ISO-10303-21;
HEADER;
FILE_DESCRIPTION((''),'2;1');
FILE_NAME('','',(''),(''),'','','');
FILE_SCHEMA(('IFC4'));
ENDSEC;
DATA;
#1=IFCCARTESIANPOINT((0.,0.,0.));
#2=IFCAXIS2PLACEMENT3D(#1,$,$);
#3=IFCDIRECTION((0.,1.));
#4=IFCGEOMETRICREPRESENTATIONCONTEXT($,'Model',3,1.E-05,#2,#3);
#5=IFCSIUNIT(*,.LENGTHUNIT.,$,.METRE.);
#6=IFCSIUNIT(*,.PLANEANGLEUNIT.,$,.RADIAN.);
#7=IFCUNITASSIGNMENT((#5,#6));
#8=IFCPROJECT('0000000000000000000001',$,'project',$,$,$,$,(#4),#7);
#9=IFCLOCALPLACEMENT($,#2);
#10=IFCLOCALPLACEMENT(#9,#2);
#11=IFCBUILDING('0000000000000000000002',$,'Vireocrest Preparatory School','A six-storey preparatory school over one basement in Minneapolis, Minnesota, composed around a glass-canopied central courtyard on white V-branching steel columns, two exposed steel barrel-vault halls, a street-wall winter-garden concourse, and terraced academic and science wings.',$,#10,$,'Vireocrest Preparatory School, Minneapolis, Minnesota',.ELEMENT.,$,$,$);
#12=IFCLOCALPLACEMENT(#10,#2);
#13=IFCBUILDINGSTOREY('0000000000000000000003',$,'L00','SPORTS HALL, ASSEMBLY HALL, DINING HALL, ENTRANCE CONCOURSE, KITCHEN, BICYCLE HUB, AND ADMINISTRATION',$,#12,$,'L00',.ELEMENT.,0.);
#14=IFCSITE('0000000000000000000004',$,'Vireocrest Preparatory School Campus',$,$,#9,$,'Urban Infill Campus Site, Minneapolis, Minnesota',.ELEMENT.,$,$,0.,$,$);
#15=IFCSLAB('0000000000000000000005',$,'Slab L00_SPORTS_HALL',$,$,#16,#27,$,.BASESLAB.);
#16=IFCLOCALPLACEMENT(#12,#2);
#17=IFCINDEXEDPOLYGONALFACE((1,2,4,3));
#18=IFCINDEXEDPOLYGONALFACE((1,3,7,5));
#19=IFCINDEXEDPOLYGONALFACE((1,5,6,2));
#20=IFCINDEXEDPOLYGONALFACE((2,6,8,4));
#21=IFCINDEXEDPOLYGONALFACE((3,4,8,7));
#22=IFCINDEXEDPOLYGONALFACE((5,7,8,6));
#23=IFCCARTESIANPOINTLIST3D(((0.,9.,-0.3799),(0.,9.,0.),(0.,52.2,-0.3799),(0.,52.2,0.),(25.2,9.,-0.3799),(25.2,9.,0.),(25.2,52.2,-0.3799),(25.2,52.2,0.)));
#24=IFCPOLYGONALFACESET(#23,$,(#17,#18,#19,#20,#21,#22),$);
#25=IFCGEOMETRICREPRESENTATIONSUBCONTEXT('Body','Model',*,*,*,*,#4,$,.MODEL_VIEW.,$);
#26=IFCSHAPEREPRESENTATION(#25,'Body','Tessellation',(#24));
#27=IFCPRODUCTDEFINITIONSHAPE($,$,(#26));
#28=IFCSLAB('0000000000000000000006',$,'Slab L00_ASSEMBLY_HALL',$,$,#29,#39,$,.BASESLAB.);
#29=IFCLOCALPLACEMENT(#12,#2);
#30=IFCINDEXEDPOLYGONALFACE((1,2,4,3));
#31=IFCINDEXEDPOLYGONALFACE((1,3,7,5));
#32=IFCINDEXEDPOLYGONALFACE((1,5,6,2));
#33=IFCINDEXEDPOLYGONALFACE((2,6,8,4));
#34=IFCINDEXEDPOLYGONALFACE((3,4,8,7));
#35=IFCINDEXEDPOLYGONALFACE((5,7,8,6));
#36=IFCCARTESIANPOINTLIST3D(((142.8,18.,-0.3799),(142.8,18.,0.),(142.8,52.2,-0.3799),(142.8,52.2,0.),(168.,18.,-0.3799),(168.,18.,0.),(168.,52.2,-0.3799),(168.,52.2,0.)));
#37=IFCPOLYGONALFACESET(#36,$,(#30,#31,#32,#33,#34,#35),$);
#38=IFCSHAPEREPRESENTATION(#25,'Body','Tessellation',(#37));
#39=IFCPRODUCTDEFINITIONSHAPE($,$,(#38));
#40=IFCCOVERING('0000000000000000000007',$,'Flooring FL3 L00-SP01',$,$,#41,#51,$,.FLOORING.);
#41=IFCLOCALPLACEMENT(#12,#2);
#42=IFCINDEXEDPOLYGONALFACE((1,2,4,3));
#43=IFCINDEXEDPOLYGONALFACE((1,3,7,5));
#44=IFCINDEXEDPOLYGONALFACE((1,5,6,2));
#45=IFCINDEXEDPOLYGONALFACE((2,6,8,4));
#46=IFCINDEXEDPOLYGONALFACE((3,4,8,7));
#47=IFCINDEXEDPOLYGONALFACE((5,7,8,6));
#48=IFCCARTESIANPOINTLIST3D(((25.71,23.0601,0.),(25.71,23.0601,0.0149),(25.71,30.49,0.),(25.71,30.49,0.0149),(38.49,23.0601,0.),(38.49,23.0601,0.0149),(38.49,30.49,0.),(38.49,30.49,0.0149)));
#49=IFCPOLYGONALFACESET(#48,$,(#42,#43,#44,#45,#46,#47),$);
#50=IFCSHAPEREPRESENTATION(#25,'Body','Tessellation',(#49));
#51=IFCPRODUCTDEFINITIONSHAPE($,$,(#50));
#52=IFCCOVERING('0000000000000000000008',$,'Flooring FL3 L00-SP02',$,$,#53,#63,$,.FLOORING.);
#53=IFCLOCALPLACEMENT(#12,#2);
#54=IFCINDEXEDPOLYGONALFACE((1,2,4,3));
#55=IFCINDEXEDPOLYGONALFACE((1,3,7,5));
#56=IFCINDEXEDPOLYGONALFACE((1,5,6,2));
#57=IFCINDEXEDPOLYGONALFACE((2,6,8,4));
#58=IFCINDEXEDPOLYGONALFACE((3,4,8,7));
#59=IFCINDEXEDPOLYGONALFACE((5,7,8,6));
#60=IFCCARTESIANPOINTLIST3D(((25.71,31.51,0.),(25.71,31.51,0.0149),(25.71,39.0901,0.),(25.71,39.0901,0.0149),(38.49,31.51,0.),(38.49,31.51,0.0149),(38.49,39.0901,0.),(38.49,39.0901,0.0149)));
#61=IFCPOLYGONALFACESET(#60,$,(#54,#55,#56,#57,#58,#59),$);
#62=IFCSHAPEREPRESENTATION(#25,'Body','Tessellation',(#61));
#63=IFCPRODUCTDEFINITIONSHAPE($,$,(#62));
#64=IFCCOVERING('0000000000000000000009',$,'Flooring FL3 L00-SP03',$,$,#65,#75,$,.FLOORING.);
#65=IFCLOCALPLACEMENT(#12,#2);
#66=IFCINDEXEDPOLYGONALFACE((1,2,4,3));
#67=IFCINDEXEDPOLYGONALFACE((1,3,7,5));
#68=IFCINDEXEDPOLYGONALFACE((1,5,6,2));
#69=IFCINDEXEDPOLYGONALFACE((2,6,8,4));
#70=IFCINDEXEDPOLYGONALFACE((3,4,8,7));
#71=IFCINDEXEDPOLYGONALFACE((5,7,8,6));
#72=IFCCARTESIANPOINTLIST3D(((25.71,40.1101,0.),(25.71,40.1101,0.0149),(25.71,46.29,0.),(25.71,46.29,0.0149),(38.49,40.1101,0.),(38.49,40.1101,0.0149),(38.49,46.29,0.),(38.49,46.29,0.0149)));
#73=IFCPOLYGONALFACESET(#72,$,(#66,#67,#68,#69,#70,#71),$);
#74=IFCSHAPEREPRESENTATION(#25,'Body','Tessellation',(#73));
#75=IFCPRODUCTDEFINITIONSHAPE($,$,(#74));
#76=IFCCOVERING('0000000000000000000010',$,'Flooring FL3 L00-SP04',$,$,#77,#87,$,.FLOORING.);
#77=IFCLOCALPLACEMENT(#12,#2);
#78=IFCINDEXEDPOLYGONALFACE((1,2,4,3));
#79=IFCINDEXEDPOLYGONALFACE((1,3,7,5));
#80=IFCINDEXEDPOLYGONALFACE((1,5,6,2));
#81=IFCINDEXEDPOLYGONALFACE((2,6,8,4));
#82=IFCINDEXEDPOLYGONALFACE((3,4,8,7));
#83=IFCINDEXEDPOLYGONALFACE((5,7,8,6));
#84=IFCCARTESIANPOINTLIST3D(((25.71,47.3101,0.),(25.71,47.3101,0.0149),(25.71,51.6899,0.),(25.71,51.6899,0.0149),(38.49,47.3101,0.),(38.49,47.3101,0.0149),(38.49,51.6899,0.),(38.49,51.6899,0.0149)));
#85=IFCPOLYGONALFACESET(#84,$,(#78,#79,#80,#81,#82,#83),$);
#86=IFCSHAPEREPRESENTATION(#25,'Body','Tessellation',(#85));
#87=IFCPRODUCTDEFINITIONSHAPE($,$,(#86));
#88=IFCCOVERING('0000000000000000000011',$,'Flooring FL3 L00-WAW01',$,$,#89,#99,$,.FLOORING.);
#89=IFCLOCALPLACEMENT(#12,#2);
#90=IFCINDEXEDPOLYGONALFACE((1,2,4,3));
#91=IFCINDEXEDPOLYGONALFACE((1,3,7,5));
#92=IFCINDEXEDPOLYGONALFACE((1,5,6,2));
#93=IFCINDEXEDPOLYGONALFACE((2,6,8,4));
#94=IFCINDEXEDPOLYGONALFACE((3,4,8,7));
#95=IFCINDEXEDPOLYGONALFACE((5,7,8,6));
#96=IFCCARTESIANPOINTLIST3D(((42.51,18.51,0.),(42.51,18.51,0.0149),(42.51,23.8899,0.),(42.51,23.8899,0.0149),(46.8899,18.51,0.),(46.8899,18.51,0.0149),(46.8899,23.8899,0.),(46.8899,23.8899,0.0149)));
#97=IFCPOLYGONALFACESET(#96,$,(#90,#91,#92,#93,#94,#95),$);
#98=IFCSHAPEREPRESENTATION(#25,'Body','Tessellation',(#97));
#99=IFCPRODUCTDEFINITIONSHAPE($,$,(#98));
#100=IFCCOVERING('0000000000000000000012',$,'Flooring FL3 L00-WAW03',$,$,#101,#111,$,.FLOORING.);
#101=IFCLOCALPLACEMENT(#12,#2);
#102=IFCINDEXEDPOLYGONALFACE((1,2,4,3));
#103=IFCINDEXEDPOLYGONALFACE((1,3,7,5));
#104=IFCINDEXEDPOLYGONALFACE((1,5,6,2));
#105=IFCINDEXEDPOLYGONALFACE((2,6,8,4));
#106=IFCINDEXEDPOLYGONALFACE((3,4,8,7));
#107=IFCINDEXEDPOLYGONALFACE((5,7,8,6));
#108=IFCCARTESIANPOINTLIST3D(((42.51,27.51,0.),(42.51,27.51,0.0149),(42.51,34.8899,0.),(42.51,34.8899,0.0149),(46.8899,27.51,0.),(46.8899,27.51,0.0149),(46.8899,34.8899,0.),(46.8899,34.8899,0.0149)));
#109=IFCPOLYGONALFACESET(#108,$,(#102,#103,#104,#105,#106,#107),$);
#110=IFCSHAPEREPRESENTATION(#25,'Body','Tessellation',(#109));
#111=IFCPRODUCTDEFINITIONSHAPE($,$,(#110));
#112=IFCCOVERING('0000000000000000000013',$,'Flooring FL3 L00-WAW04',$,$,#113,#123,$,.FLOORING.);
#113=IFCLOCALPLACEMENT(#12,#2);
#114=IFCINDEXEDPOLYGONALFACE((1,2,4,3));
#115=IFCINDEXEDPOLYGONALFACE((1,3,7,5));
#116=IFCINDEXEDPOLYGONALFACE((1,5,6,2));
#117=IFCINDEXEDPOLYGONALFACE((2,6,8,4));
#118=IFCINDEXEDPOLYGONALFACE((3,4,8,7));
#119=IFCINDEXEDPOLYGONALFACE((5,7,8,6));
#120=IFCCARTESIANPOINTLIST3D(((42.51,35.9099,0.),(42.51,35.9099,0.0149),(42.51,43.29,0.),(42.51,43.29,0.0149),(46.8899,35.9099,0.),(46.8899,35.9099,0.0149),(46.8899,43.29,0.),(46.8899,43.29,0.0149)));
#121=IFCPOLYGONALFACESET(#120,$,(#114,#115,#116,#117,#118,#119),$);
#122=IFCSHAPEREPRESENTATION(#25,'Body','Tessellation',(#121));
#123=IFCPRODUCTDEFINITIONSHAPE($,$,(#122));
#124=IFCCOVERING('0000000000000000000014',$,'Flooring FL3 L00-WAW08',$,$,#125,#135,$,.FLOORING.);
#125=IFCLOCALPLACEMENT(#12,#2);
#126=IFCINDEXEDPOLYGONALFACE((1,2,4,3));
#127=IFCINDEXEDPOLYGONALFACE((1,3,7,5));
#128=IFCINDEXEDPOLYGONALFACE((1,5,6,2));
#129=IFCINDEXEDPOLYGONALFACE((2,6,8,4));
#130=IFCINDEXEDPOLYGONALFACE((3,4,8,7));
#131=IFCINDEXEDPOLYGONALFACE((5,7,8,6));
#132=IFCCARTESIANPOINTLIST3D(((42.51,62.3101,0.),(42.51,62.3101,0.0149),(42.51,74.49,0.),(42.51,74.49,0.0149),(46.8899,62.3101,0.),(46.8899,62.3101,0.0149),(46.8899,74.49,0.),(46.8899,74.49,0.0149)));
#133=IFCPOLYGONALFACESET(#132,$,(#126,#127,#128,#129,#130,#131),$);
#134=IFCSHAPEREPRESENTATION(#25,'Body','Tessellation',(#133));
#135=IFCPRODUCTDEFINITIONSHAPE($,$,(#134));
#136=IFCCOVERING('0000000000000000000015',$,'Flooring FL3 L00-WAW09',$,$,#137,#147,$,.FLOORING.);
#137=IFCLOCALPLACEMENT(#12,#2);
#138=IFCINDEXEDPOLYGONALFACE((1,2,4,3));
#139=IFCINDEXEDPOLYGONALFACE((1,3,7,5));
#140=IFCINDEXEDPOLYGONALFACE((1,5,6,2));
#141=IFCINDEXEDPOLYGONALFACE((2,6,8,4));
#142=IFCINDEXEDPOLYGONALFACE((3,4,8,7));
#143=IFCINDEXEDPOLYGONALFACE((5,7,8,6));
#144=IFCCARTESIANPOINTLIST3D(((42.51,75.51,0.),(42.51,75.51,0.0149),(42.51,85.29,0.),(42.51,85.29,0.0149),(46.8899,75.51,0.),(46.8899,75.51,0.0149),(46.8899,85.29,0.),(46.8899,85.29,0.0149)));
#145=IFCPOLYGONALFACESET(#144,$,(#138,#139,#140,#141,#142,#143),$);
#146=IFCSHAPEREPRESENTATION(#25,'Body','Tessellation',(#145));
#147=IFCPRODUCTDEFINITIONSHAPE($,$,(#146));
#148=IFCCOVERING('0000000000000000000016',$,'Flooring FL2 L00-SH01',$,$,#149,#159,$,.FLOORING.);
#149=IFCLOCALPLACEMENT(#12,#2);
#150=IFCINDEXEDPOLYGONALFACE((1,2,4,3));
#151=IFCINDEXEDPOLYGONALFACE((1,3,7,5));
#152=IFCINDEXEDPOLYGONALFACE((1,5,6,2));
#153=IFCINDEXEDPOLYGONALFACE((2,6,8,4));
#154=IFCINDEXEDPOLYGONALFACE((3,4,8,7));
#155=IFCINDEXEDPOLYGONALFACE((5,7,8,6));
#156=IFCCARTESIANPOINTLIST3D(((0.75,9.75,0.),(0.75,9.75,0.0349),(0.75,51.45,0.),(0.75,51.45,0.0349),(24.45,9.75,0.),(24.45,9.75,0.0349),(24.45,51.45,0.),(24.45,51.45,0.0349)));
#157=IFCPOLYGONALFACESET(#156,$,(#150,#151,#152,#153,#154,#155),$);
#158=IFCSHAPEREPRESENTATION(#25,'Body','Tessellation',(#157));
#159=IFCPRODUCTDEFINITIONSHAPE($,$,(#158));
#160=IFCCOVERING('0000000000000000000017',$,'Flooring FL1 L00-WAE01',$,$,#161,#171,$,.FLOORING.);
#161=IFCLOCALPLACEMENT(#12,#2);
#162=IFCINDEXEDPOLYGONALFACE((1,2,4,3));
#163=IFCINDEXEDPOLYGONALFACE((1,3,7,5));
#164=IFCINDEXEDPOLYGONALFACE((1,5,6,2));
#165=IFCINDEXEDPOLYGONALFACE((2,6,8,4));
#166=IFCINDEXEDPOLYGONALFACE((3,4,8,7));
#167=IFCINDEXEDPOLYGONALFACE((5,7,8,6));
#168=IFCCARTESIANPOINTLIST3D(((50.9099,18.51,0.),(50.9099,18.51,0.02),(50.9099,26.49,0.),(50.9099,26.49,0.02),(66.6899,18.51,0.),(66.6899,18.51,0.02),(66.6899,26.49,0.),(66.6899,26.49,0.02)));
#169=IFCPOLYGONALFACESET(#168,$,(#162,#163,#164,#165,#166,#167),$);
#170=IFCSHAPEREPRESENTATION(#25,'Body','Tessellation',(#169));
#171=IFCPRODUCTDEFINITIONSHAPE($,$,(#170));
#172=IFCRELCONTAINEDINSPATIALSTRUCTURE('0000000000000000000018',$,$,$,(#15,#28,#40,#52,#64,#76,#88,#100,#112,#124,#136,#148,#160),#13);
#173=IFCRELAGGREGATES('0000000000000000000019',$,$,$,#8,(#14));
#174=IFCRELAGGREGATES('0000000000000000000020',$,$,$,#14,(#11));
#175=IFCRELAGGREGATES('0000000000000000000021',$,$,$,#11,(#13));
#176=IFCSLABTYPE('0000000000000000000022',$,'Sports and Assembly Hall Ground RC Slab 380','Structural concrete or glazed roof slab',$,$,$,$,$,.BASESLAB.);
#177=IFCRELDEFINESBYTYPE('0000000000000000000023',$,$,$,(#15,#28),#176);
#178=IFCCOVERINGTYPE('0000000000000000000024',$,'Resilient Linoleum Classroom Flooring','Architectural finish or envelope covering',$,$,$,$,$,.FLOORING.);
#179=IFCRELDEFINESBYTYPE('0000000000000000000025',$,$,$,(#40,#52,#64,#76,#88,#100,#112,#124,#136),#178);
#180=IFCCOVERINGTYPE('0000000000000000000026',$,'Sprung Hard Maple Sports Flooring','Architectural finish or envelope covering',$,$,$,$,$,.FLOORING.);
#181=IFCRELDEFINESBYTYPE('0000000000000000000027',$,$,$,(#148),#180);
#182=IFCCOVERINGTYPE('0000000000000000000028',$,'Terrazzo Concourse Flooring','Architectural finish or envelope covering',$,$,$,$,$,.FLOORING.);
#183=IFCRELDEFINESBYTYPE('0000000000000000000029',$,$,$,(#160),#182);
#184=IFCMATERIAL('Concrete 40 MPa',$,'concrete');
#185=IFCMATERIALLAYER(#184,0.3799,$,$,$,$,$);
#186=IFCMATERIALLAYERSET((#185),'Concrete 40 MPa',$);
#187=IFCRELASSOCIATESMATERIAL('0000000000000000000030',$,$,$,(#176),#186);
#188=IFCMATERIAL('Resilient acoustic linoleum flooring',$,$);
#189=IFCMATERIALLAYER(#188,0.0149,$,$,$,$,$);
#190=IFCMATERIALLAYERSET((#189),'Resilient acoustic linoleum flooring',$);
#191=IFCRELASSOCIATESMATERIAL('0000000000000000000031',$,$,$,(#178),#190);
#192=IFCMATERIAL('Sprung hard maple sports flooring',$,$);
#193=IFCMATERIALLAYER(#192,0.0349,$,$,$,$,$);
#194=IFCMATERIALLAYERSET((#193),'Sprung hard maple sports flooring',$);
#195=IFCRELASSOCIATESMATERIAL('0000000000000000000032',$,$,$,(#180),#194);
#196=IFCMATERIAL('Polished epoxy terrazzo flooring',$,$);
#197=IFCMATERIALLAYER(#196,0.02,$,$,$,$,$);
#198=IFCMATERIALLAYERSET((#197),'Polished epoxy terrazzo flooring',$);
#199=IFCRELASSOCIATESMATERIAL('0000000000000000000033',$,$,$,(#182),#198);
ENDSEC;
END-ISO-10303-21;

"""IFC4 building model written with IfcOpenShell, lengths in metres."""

from ifc_helpers import new_model, si_unit, direction, frame, origin, place, context, subcontext, project, spatial, polyline, outline, extrude, material, layer, layer_set, type_object, element, save


model = new_model("IFC4")

# Units and contexts
model_context = context("Model", 3, precision=1e-05, world=origin(), true_north=direction((0.0, 1.0)))
body_context = subcontext(model_context, "Body", "Model", "MODEL_VIEW")
ifc_project = project(units=[si_unit("LENGTHUNIT", "METRE"), si_unit("PLANEANGLEUNIT", "RADIAN")], contexts=[model_context])

# Site, building, storey
site_placement = place(None, origin())
site = spatial("IfcSite", under=ifc_project, at=site_placement, Name="Vireocrest Preparatory School Campus", LongName="Urban Infill Campus Site, Minneapolis, Minnesota", CompositionType="ELEMENT", RefElevation=0.0)
building_placement = place(site_placement, origin())
building = spatial("IfcBuilding", under=site, at=building_placement, Name="Vireocrest Preparatory School", Description="A six-storey preparatory school over one basement in Minneapolis, Minnesota, composed around a glass-canopied central courtyard on white V-branching steel columns, two exposed steel barrel-vault halls, a street-wall winter-garden concourse, and terraced academic and science wings.", LongName="Vireocrest Preparatory School, Minneapolis, Minnesota", CompositionType="ELEMENT")
storey_placement = place(building_placement, origin())
storey = spatial("IfcBuildingStorey", under=building, at=storey_placement, Name="L00", Description="SPORTS HALL, ASSEMBLY HALL, DINING HALL, ENTRANCE CONCOURSE, KITCHEN, BICYCLE HUB, AND ADMINISTRATION", LongName="L00", CompositionType="ELEMENT", Elevation=0.0)

# Shared definitions
ifc_material_1 = material(Name="Concrete 40 MPa", Category="concrete")

# Slabs
ifc_layer_1 = layer(ifc_material_1, 0.3799)
ifc_layer_set_1 = layer_set([ifc_layer_1], Name="Concrete 40 MPa")
slab_type_1 = type_object("IfcSlabType", Name="Sports and Assembly Hall Ground RC Slab 380", Description="Structural concrete or glazed roof slab", PredefinedType="BASESLAB", material=ifc_layer_set_1)
slab_1_placement = place(storey_placement, frame((0.0, 0.0, -0.3799)))
element("IfcSlab", 1, at=slab_1_placement, inside=storey, type_object=slab_type_1, Name="Slab L00_SPORTS_HALL", PredefinedType="BASESLAB", context=body_context, shape_type="SweptSolid", body=[
    extrude(outline(polyline([(0.0, 9.0), (25.2, 9.0), (25.2, 52.2), (0.0, 52.2), (0.0, 9.0)])), origin(), (0.0, 0.0, 1.0), 0.3799),
])
slab_2_placement = place(storey_placement, frame((0.0, 0.0, -0.3799)))
element("IfcSlab", 2, at=slab_2_placement, inside=storey, type_object=slab_type_1, Name="Slab L00_ASSEMBLY_HALL", PredefinedType="BASESLAB", context=body_context, shape_type="SweptSolid", body=[
    extrude(outline(polyline([(142.8, 18.0), (168.0, 18.0), (168.0, 52.2), (142.8, 52.2), (142.8, 18.0)])), origin(), (0.0, 0.0, 1.0), 0.3799),
])

# Coverings
ifc_material_2 = material(Name="Resilient acoustic linoleum flooring")
ifc_layer_2 = layer(ifc_material_2, 0.0149)
ifc_layer_set_2 = layer_set([ifc_layer_2], Name="Resilient acoustic linoleum flooring")
covering_type_1 = type_object("IfcCoveringType", Name="Resilient Linoleum Classroom Flooring", Description="Architectural finish or envelope covering", PredefinedType="FLOORING", material=ifc_layer_set_2)
covering_1_placement = place(storey_placement, origin())
element("IfcCovering", 3, at=covering_1_placement, inside=storey, type_object=covering_type_1, Name="Flooring FL3 L00-SP01", PredefinedType="FLOORING", context=body_context, shape_type="SweptSolid", body=[
    extrude(outline(polyline([(25.71, 23.0601), (38.49, 23.0601), (38.49, 30.49), (25.71, 30.49), (25.71, 23.0601)])), origin(), (0.0, 0.0, 1.0), 0.0149),
])
covering_2_placement = place(storey_placement, origin())
element("IfcCovering", 4, at=covering_2_placement, inside=storey, type_object=covering_type_1, Name="Flooring FL3 L00-SP02", PredefinedType="FLOORING", context=body_context, shape_type="SweptSolid", body=[
    extrude(outline(polyline([(25.71, 31.51), (38.49, 31.51), (38.49, 39.0901), (25.71, 39.0901), (25.71, 31.51)])), origin(), (0.0, 0.0, 1.0), 0.0149),
])
covering_3_placement = place(storey_placement, origin())
element("IfcCovering", 5, at=covering_3_placement, inside=storey, type_object=covering_type_1, Name="Flooring FL3 L00-SP03", PredefinedType="FLOORING", context=body_context, shape_type="SweptSolid", body=[
    extrude(outline(polyline([(25.71, 40.1101), (38.49, 40.1101), (38.49, 46.29), (25.71, 46.29), (25.71, 40.1101)])), origin(), (0.0, 0.0, 1.0), 0.0149),
])
covering_4_placement = place(storey_placement, origin())
element("IfcCovering", 6, at=covering_4_placement, inside=storey, type_object=covering_type_1, Name="Flooring FL3 L00-SP04", PredefinedType="FLOORING", context=body_context, shape_type="SweptSolid", body=[
    extrude(outline(polyline([(25.71, 47.3101), (38.49, 47.3101), (38.49, 51.6899), (25.71, 51.6899), (25.71, 47.3101)])), origin(), (0.0, 0.0, 1.0), 0.0149),
])
covering_5_placement = place(storey_placement, origin())
element("IfcCovering", 7, at=covering_5_placement, inside=storey, type_object=covering_type_1, Name="Flooring FL3 L00-WAW01", PredefinedType="FLOORING", context=body_context, shape_type="SweptSolid", body=[
    extrude(outline(polyline([(42.51, 18.51), (46.8899, 18.51), (46.8899, 23.8899), (42.51, 23.8899), (42.51, 18.51)])), origin(), (0.0, 0.0, 1.0), 0.0149),
])
covering_6_placement = place(storey_placement, origin())
element("IfcCovering", 8, at=covering_6_placement, inside=storey, type_object=covering_type_1, Name="Flooring FL3 L00-WAW03", PredefinedType="FLOORING", context=body_context, shape_type="SweptSolid", body=[
    extrude(outline(polyline([(42.51, 27.51), (46.8899, 27.51), (46.8899, 34.8899), (42.51, 34.8899), (42.51, 27.51)])), origin(), (0.0, 0.0, 1.0), 0.0149),
])
covering_7_placement = place(storey_placement, origin())
element("IfcCovering", 9, at=covering_7_placement, inside=storey, type_object=covering_type_1, Name="Flooring FL3 L00-WAW04", PredefinedType="FLOORING", context=body_context, shape_type="SweptSolid", body=[
    extrude(outline(polyline([(42.51, 35.9099), (46.8899, 35.9099), (46.8899, 43.29), (42.51, 43.29), (42.51, 35.9099)])), origin(), (0.0, 0.0, 1.0), 0.0149),
])
covering_8_placement = place(storey_placement, origin())
element("IfcCovering", 10, at=covering_8_placement, inside=storey, type_object=covering_type_1, Name="Flooring FL3 L00-WAW08", PredefinedType="FLOORING", context=body_context, shape_type="SweptSolid", body=[
    extrude(outline(polyline([(42.51, 62.3101), (46.8899, 62.3101), (46.8899, 74.49), (42.51, 74.49), (42.51, 62.3101)])), origin(), (0.0, 0.0, 1.0), 0.0149),
])
covering_9_placement = place(storey_placement, origin())
element("IfcCovering", 11, at=covering_9_placement, inside=storey, type_object=covering_type_1, Name="Flooring FL3 L00-WAW09", PredefinedType="FLOORING", context=body_context, shape_type="SweptSolid", body=[
    extrude(outline(polyline([(42.51, 75.51), (46.8899, 75.51), (46.8899, 85.29), (42.51, 85.29), (42.51, 75.51)])), origin(), (0.0, 0.0, 1.0), 0.0149),
])
ifc_material_3 = material(Name="Sprung hard maple sports flooring")
ifc_layer_3 = layer(ifc_material_3, 0.0349)
ifc_layer_set_3 = layer_set([ifc_layer_3], Name="Sprung hard maple sports flooring")
covering_type_2 = type_object("IfcCoveringType", Name="Sprung Hard Maple Sports Flooring", Description="Architectural finish or envelope covering", PredefinedType="FLOORING", material=ifc_layer_set_3)
covering_10_placement = place(storey_placement, origin())
element("IfcCovering", 12, at=covering_10_placement, inside=storey, type_object=covering_type_2, Name="Flooring FL2 L00-SH01", PredefinedType="FLOORING", context=body_context, shape_type="SweptSolid", body=[
    extrude(outline(polyline([(0.75, 9.75), (24.45, 9.75), (24.45, 51.45), (0.75, 51.45), (0.75, 9.75)])), origin(), (0.0, 0.0, 1.0), 0.0349),
])
ifc_material_4 = material(Name="Polished epoxy terrazzo flooring")
ifc_layer_4 = layer(ifc_material_4, 0.02)
ifc_layer_set_4 = layer_set([ifc_layer_4], Name="Polished epoxy terrazzo flooring")
covering_type_3 = type_object("IfcCoveringType", Name="Terrazzo Concourse Flooring", Description="Architectural finish or envelope covering", PredefinedType="FLOORING", material=ifc_layer_set_4)
covering_11_placement = place(storey_placement, origin())
element("IfcCovering", 13, at=covering_11_placement, inside=storey, type_object=covering_type_3, Name="Flooring FL1 L00-WAE01", PredefinedType="FLOORING", context=body_context, shape_type="SweptSolid", body=[
    extrude(outline(polyline([(50.9099, 18.51), (66.6899, 18.51), (66.6899, 26.49), (50.9099, 26.49), (50.9099, 18.51)])), origin(), (0.0, 0.0, 1.0), 0.02),
])

save(model, "model.ifc")
